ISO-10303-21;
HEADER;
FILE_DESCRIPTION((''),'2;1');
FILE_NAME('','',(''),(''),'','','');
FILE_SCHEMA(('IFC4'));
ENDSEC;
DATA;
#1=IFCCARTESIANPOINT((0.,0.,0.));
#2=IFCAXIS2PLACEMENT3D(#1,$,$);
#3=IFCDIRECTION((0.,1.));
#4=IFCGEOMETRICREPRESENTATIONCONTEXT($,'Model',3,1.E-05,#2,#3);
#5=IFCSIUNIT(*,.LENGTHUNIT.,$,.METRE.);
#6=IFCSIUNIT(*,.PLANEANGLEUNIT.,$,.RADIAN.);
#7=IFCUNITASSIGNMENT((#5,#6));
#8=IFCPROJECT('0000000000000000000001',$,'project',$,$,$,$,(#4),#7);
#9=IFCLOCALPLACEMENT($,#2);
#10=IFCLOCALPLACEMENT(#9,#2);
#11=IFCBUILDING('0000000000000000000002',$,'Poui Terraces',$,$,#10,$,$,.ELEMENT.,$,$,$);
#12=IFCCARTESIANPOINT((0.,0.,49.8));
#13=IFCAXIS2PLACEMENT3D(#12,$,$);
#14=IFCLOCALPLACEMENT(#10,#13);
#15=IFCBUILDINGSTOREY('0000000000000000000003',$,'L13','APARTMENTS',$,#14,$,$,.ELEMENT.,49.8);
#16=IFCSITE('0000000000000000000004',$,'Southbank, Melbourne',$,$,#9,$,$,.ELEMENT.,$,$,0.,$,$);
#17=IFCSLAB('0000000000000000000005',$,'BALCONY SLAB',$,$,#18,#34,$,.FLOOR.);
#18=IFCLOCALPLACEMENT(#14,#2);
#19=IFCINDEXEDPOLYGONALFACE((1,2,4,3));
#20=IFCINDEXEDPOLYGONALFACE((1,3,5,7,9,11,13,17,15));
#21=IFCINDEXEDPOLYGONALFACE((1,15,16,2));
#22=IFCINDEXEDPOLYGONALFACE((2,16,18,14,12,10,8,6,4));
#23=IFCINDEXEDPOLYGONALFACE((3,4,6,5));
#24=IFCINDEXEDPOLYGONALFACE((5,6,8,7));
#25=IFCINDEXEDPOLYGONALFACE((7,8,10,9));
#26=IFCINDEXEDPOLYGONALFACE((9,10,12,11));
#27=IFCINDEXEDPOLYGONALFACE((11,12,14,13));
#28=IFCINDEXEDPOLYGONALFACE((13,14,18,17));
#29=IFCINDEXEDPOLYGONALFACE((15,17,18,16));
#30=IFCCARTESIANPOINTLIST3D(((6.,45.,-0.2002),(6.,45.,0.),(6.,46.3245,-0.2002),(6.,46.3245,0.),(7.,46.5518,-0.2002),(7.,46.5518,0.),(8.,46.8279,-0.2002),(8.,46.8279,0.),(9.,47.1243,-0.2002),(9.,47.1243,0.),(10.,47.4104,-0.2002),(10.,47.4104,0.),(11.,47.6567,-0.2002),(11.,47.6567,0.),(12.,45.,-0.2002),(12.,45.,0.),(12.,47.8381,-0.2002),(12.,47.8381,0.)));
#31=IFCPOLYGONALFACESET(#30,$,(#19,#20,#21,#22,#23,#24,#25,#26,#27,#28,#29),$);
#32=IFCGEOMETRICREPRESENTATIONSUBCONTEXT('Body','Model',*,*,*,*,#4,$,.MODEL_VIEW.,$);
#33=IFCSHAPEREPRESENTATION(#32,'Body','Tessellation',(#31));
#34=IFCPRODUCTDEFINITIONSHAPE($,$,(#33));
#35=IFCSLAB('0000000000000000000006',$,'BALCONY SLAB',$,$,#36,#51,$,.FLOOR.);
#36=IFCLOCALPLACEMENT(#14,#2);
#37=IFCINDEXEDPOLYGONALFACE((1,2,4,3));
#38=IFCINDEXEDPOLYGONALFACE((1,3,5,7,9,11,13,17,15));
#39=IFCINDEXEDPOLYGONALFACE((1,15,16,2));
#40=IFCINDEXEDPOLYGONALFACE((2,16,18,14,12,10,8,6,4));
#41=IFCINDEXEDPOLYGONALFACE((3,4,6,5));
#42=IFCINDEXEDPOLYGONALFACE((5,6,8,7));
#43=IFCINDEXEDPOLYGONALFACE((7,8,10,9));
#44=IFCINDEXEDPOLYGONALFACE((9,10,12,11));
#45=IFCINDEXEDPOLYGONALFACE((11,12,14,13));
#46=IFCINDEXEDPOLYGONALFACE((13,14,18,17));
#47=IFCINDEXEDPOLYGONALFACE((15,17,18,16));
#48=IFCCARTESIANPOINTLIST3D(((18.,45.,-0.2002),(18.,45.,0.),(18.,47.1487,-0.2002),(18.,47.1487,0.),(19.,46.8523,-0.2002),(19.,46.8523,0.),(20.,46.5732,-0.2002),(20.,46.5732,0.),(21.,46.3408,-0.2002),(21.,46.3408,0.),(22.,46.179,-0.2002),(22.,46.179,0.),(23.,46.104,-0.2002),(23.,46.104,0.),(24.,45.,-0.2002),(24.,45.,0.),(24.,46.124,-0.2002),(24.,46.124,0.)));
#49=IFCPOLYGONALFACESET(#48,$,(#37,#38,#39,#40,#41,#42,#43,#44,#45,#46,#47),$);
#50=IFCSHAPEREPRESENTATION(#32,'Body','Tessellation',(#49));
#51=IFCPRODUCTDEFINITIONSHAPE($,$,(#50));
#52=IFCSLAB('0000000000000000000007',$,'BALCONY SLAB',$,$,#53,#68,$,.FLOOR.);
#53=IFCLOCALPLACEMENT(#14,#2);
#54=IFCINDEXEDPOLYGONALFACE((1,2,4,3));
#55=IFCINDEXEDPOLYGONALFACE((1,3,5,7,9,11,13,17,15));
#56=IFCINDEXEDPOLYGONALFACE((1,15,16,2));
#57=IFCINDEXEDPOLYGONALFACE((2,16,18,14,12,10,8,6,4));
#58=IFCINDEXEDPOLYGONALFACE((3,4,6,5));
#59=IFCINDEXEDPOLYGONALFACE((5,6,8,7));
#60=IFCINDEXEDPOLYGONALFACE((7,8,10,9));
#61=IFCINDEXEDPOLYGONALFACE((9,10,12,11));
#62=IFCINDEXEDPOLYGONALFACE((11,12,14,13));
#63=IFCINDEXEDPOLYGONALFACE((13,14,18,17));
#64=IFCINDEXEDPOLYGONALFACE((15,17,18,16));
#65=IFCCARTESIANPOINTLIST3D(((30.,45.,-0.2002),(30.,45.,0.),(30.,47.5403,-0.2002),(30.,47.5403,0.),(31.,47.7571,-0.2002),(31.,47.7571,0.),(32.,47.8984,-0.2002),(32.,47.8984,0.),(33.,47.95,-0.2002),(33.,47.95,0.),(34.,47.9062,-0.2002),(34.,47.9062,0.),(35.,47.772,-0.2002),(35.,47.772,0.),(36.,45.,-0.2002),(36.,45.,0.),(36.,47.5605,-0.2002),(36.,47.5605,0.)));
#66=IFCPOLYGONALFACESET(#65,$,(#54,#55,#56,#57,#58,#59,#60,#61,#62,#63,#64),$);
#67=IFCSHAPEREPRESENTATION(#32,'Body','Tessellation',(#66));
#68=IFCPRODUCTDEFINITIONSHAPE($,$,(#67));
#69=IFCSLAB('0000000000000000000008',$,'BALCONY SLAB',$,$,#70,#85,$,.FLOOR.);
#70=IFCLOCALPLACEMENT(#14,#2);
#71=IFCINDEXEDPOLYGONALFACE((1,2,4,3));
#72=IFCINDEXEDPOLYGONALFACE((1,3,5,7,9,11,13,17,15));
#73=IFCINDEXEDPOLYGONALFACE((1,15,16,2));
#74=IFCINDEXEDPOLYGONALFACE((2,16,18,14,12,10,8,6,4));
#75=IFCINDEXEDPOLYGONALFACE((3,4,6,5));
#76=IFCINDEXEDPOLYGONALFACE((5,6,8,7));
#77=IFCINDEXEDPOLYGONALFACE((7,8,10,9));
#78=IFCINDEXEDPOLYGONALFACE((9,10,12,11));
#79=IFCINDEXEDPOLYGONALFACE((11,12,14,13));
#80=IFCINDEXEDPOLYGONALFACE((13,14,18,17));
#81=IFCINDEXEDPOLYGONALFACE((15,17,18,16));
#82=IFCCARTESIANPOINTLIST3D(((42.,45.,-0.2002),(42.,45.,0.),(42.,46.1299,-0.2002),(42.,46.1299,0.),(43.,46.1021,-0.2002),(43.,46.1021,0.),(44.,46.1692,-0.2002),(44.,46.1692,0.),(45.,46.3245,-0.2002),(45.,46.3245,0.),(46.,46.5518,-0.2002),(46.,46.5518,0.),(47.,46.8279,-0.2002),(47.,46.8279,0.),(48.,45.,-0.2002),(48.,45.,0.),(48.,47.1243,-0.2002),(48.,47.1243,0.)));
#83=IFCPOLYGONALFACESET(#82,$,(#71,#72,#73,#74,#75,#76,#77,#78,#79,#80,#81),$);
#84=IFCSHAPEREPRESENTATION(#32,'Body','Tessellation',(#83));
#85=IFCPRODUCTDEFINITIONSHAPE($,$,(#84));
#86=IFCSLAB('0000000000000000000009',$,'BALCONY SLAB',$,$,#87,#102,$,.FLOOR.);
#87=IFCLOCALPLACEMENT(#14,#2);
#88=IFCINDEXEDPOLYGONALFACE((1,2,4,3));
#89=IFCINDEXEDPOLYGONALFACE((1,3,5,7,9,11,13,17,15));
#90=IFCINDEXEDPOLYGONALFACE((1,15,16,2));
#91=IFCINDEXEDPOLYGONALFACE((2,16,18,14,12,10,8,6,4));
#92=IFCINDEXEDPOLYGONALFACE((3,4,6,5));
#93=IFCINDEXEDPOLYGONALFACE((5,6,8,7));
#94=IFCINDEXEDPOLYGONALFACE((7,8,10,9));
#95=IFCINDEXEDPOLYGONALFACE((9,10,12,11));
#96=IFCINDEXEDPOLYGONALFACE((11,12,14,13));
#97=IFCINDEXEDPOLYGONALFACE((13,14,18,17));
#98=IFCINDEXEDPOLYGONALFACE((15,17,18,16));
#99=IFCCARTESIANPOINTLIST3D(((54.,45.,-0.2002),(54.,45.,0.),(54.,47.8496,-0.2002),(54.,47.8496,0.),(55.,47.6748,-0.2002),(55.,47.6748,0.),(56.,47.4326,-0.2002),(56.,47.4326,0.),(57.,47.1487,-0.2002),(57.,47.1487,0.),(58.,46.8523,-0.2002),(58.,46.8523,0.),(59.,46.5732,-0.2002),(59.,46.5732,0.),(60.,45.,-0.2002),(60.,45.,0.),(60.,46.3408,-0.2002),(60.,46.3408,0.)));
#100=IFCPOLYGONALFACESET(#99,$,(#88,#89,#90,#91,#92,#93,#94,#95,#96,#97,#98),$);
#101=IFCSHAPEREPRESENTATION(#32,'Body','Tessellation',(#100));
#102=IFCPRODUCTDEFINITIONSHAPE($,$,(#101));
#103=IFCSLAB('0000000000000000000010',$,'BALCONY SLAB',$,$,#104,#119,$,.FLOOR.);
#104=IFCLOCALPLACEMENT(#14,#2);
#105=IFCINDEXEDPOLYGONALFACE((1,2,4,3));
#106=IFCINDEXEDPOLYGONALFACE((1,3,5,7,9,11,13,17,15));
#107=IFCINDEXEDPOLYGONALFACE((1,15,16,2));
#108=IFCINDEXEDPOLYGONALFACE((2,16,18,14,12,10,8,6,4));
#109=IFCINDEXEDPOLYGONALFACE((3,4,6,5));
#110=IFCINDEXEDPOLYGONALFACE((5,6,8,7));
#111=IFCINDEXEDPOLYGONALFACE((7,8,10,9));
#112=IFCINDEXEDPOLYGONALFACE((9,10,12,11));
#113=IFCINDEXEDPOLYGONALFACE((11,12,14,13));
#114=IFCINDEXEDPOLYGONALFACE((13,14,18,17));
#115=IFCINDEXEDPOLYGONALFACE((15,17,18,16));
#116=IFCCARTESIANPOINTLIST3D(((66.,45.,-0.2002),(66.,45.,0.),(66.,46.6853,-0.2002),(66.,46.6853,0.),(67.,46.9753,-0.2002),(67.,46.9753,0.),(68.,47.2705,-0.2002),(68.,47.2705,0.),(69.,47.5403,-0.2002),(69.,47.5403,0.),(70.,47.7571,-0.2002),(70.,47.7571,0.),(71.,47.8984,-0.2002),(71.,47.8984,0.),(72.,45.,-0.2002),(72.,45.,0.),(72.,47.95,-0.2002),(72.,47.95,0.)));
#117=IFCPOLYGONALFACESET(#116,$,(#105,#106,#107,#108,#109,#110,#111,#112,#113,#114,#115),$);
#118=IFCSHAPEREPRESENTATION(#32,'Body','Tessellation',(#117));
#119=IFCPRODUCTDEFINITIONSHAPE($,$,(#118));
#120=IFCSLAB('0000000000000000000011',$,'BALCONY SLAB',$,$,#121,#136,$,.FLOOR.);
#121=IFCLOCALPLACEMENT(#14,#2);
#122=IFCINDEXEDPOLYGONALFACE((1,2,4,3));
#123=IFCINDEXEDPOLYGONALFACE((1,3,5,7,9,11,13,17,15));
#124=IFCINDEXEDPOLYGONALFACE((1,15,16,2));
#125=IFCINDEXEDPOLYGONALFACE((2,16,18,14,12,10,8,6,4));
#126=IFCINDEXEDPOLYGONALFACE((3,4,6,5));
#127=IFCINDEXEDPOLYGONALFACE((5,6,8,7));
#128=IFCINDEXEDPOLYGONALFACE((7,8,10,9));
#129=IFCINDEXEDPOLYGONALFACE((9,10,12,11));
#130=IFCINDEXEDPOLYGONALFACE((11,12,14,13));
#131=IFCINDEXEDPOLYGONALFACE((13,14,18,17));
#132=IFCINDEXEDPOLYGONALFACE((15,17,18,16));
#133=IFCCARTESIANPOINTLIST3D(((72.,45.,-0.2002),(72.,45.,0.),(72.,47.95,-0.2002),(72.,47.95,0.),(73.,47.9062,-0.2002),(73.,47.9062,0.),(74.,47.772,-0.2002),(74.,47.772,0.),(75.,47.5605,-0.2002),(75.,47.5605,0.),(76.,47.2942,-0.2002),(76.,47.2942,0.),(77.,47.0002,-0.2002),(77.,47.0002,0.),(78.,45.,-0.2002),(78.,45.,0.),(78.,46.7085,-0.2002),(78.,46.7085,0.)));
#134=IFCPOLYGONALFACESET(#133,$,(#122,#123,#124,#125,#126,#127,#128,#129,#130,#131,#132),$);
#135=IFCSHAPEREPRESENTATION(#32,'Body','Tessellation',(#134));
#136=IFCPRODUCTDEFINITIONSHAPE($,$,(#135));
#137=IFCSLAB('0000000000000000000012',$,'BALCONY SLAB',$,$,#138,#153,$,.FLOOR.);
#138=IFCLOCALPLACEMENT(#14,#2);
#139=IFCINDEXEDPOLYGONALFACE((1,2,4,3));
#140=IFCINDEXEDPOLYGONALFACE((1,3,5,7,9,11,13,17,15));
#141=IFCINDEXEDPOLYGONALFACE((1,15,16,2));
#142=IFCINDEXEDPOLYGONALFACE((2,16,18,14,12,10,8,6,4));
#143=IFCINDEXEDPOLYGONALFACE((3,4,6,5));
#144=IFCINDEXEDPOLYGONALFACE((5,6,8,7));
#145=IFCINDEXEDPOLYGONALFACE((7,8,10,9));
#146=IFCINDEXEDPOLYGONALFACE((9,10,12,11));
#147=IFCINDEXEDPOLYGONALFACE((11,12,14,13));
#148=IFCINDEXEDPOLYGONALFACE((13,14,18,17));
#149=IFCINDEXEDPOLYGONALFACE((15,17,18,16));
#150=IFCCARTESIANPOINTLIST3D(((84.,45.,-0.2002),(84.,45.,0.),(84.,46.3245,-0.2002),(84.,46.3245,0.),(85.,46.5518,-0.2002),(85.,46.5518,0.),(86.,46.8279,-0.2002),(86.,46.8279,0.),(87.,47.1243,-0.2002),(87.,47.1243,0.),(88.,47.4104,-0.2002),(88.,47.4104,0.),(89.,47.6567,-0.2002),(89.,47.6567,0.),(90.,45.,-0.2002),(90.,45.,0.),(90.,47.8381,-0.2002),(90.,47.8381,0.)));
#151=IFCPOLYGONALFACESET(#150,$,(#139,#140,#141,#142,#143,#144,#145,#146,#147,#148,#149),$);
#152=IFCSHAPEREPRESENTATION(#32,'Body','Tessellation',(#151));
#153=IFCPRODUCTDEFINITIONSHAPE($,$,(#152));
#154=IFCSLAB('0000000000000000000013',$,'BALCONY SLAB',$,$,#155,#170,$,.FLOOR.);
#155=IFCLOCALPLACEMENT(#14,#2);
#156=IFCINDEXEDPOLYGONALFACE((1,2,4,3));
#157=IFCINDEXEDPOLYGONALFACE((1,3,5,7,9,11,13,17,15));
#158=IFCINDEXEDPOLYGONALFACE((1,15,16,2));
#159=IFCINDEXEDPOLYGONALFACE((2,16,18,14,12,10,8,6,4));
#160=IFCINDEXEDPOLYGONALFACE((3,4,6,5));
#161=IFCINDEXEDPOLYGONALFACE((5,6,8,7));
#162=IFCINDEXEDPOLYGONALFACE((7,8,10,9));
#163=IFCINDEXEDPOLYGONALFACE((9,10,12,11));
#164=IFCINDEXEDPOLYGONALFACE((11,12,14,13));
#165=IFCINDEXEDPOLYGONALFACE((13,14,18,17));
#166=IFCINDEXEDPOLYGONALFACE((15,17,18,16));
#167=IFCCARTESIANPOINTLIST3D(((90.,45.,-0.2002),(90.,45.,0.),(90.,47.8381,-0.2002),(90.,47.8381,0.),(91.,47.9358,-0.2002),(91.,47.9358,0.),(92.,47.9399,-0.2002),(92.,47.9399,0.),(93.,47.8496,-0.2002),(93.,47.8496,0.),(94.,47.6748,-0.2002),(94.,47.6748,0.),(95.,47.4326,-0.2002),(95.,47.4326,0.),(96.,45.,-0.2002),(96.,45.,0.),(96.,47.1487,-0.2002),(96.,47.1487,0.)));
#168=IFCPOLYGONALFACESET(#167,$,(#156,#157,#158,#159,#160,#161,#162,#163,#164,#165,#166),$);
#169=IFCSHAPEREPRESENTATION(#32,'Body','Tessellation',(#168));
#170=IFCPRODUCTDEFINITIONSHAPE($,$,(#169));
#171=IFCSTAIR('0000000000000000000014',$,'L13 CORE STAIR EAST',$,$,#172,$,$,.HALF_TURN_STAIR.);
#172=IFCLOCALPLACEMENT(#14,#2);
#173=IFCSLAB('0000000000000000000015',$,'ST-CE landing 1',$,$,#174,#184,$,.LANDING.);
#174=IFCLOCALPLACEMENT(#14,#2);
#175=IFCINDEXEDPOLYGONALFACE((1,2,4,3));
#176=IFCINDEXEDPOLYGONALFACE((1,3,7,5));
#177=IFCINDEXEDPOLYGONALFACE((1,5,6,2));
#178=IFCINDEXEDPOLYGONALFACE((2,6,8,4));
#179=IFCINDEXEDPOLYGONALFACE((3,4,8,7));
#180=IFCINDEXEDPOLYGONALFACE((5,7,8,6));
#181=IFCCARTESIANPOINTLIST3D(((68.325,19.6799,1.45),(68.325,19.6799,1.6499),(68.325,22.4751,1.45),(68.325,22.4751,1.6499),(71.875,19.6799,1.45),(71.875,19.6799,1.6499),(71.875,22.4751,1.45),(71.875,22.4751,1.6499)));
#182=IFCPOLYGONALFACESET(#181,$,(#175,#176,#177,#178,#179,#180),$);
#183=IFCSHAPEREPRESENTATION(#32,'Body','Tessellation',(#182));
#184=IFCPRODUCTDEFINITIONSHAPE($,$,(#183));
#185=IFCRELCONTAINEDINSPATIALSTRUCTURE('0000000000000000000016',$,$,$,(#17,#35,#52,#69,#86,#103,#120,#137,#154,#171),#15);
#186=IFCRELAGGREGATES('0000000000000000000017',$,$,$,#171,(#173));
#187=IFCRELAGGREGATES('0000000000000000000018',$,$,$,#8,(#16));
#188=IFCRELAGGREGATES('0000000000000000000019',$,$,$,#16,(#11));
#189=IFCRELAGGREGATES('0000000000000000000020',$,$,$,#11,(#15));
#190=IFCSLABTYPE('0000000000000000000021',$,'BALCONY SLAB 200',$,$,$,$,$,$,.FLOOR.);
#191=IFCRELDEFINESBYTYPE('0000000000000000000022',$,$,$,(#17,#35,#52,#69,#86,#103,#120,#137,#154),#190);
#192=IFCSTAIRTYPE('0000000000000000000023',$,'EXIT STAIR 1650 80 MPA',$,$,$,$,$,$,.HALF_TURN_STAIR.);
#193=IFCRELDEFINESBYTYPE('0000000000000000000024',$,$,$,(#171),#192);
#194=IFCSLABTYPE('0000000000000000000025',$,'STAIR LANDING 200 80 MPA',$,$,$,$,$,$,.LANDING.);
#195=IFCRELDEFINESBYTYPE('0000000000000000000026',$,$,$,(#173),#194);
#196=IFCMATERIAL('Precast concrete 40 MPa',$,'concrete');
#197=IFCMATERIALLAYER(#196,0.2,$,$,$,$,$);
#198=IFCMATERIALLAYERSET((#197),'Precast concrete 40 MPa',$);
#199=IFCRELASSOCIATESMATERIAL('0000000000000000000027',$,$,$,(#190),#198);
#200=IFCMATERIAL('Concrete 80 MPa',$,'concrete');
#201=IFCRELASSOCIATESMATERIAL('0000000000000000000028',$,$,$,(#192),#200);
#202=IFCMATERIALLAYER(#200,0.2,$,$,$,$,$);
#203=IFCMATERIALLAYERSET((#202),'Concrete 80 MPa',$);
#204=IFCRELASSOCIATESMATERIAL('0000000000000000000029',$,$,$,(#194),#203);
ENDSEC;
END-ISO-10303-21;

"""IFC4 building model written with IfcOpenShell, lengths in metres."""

from ifc_helpers import new_model, si_unit, direction, frame, origin, place, context, subcontext, project, spatial, polyline, outline, extrude, material, layer, layer_set, type_object, element, aggregate, save


model = new_model("IFC4")

# Units and contexts
model_context = context("Model", 3, precision=1e-05, world=origin(), true_north=direction((0.0, 1.0)))
body_context = subcontext(model_context, "Body", "Model", "MODEL_VIEW")
ifc_project = project(units=[si_unit("LENGTHUNIT", "METRE"), si_unit("PLANEANGLEUNIT", "RADIAN")], contexts=[model_context])

# Site, building, storey
site_placement = place(None, origin())
site = spatial("IfcSite", under=ifc_project, at=site_placement, Name="Southbank, Melbourne", CompositionType="ELEMENT", RefElevation=0.0)
building_placement = place(site_placement, origin())
building = spatial("IfcBuilding", under=site, at=building_placement, Name="Poui Terraces", CompositionType="ELEMENT")
storey_placement = place(building_placement, frame((0.0, 0.0, 49.8)))
storey = spatial("IfcBuildingStorey", under=building, at=storey_placement, Name="L13", Description="APARTMENTS", CompositionType="ELEMENT", Elevation=49.8)

# Slabs
ifc_material_1 = material(Name="Precast concrete 40 MPa", Category="concrete")
ifc_layer_1 = layer(ifc_material_1, 0.2)
ifc_layer_set_1 = layer_set([ifc_layer_1], Name="Precast concrete 40 MPa")
slab_type_1 = type_object("IfcSlabType", Name="BALCONY SLAB 200", PredefinedType="FLOOR", material=ifc_layer_set_1)
slab_1_placement = place(storey_placement, frame((0.0, 0.0, -0.2002)))
element("IfcSlab", 1, at=slab_1_placement, inside=storey, type_object=slab_type_1, Name="BALCONY SLAB", PredefinedType="FLOOR", context=body_context, shape_type="SweptSolid", body=[
    extrude(outline(polyline([(6.0, 45.0), (12.0, 45.0), (12.0, 47.8381), (11.0, 47.6567), (10.0, 47.4104), (9.0, 47.1243), (8.0, 46.8279), (7.0, 46.5518), (6.0, 46.3245), (6.0, 45.0)])), origin(), (0.0, 0.0, 1.0), 0.2002),
])
slab_2_placement = place(storey_placement, frame((0.0, 0.0, -0.2002)))
element("IfcSlab", 2, at=slab_2_placement, inside=storey, type_object=slab_type_1, Name="BALCONY SLAB", PredefinedType="FLOOR", context=body_context, shape_type="SweptSolid", body=[
    extrude(outline(polyline([(18.0, 45.0), (24.0, 45.0), (24.0, 46.124), (23.0, 46.104), (22.0, 46.179), (21.0, 46.3408), (20.0, 46.5732), (19.0, 46.8523), (18.0, 47.1487), (18.0, 45.0)])), origin(), (0.0, 0.0, 1.0), 0.2002),
])
slab_3_placement = place(storey_placement, frame((0.0, 0.0, -0.2002)))
element("IfcSlab", 3, at=slab_3_placement, inside=storey, type_object=slab_type_1, Name="BALCONY SLAB", PredefinedType="FLOOR", context=body_context, shape_type="SweptSolid", body=[
    extrude(outline(polyline([(30.0, 45.0), (36.0, 45.0), (36.0, 47.5605), (35.0, 47.772), (34.0, 47.9062), (33.0, 47.95), (32.0, 47.8984), (31.0, 47.7571), (30.0, 47.5403), (30.0, 45.0)])), origin(), (0.0, 0.0, 1.0), 0.2002),
])
slab_4_placement = place(storey_placement, frame((0.0, 0.0, -0.2002)))
element("IfcSlab", 4, at=slab_4_placement, inside=storey, type_object=slab_type_1, Name="BALCONY SLAB", PredefinedType="FLOOR", context=body_context, shape_type="SweptSolid", body=[
    extrude(outline(polyline([(42.0, 45.0), (48.0, 45.0), (48.0, 47.1243), (47.0, 46.8279), (46.0, 46.5518), (45.0, 46.3245), (44.0, 46.1692), (43.0, 46.1021), (42.0, 46.1299), (42.0, 45.0)])), origin(), (0.0, 0.0, 1.0), 0.2002),
])
slab_5_placement = place(storey_placement, frame((0.0, 0.0, -0.2002)))
element("IfcSlab", 5, at=slab_5_placement, inside=storey, type_object=slab_type_1, Name="BALCONY SLAB", PredefinedType="FLOOR", context=body_context, shape_type="SweptSolid", body=[
    extrude(outline(polyline([(54.0, 45.0), (60.0, 45.0), (60.0, 46.3408), (59.0, 46.5732), (58.0, 46.8523), (57.0, 47.1487), (56.0, 47.4326), (55.0, 47.6748), (54.0, 47.8496), (54.0, 45.0)])), origin(), (0.0, 0.0, 1.0), 0.2002),
])
slab_6_placement = place(storey_placement, frame((0.0, 0.0, -0.2002)))
element("IfcSlab", 6, at=slab_6_placement, inside=storey, type_object=slab_type_1, Name="BALCONY SLAB", PredefinedType="FLOOR", context=body_context, shape_type="SweptSolid", body=[
    extrude(outline(polyline([(66.0, 45.0), (72.0, 45.0), (72.0, 47.95), (71.0, 47.8984), (70.0, 47.7571), (69.0, 47.5403), (68.0, 47.2705), (67.0, 46.9753), (66.0, 46.6853), (66.0, 45.0)])), origin(), (0.0, 0.0, 1.0), 0.2002),
])
slab_7_placement = place(storey_placement, frame((0.0, 0.0, -0.2002)))
element("IfcSlab", 7, at=slab_7_placement, inside=storey, type_object=slab_type_1, Name="BALCONY SLAB", PredefinedType="FLOOR", context=body_context, shape_type="SweptSolid", body=[
    extrude(outline(polyline([(72.0, 45.0), (78.0, 45.0), (78.0, 46.7085), (77.0, 47.0002), (76.0, 47.2942), (75.0, 47.5605), (74.0, 47.772), (73.0, 47.9062), (72.0, 47.95), (72.0, 45.0)])), origin(), (0.0, 0.0, 1.0), 0.2002),
])
slab_8_placement = place(storey_placement, frame((0.0, 0.0, -0.2002)))
element("IfcSlab", 8, at=slab_8_placement, inside=storey, type_object=slab_type_1, Name="BALCONY SLAB", PredefinedType="FLOOR", context=body_context, shape_type="SweptSolid", body=[
    extrude(outline(polyline([(84.0, 45.0), (90.0, 45.0), (90.0, 47.8381), (89.0, 47.6567), (88.0, 47.4104), (87.0, 47.1243), (86.0, 46.8279), (85.0, 46.5518), (84.0, 46.3245), (84.0, 45.0)])), origin(), (0.0, 0.0, 1.0), 0.2002),
])
slab_9_placement = place(storey_placement, frame((0.0, 0.0, -0.2002)))
element("IfcSlab", 9, at=slab_9_placement, inside=storey, type_object=slab_type_1, Name="BALCONY SLAB", PredefinedType="FLOOR", context=body_context, shape_type="SweptSolid", body=[
    extrude(outline(polyline([(90.0, 45.0), (96.0, 45.0), (96.0, 47.1487), (95.0, 47.4326), (94.0, 47.6748), (93.0, 47.8496), (92.0, 47.9399), (91.0, 47.9358), (90.0, 47.8381), (90.0, 45.0)])), origin(), (0.0, 0.0, 1.0), 0.2002),
])

# Stair, slab
ifc_material_2 = material(Name="Concrete 80 MPa", Category="concrete")
stair_type = type_object("IfcStairType", Name="EXIT STAIR 1650 80 MPA", PredefinedType="HALF_TURN_STAIR", material=ifc_material_2)
stair_placement = place(storey_placement, origin())
stair = element("IfcStair", 10, at=stair_placement, inside=storey, type_object=stair_type, Name="L13 CORE STAIR EAST", PredefinedType="HALF_TURN_STAIR")
ifc_layer_2 = layer(ifc_material_2, 0.2)
ifc_layer_set_2 = layer_set([ifc_layer_2], Name="Concrete 80 MPa")
slab_type_2 = type_object("IfcSlabType", Name="STAIR LANDING 200 80 MPA", PredefinedType="LANDING", material=ifc_layer_set_2)
slab_10_placement = place(storey_placement, frame((0.0, 0.0, 1.45)))
slab_10 = element("IfcSlab", 11, at=slab_10_placement, type_object=slab_type_2, Name="ST-CE landing 1", PredefinedType="LANDING", context=body_context, shape_type="SweptSolid", body=[
    extrude(outline(polyline([(68.325, 19.6799), (71.875, 19.6799), (71.875, 22.4751), (68.325, 22.4751), (68.325, 19.6799)])), origin(), (0.0, 0.0, 1.0), 0.2),
])
aggregate(stair, [slab_10])

save(model, "model.ifc")
